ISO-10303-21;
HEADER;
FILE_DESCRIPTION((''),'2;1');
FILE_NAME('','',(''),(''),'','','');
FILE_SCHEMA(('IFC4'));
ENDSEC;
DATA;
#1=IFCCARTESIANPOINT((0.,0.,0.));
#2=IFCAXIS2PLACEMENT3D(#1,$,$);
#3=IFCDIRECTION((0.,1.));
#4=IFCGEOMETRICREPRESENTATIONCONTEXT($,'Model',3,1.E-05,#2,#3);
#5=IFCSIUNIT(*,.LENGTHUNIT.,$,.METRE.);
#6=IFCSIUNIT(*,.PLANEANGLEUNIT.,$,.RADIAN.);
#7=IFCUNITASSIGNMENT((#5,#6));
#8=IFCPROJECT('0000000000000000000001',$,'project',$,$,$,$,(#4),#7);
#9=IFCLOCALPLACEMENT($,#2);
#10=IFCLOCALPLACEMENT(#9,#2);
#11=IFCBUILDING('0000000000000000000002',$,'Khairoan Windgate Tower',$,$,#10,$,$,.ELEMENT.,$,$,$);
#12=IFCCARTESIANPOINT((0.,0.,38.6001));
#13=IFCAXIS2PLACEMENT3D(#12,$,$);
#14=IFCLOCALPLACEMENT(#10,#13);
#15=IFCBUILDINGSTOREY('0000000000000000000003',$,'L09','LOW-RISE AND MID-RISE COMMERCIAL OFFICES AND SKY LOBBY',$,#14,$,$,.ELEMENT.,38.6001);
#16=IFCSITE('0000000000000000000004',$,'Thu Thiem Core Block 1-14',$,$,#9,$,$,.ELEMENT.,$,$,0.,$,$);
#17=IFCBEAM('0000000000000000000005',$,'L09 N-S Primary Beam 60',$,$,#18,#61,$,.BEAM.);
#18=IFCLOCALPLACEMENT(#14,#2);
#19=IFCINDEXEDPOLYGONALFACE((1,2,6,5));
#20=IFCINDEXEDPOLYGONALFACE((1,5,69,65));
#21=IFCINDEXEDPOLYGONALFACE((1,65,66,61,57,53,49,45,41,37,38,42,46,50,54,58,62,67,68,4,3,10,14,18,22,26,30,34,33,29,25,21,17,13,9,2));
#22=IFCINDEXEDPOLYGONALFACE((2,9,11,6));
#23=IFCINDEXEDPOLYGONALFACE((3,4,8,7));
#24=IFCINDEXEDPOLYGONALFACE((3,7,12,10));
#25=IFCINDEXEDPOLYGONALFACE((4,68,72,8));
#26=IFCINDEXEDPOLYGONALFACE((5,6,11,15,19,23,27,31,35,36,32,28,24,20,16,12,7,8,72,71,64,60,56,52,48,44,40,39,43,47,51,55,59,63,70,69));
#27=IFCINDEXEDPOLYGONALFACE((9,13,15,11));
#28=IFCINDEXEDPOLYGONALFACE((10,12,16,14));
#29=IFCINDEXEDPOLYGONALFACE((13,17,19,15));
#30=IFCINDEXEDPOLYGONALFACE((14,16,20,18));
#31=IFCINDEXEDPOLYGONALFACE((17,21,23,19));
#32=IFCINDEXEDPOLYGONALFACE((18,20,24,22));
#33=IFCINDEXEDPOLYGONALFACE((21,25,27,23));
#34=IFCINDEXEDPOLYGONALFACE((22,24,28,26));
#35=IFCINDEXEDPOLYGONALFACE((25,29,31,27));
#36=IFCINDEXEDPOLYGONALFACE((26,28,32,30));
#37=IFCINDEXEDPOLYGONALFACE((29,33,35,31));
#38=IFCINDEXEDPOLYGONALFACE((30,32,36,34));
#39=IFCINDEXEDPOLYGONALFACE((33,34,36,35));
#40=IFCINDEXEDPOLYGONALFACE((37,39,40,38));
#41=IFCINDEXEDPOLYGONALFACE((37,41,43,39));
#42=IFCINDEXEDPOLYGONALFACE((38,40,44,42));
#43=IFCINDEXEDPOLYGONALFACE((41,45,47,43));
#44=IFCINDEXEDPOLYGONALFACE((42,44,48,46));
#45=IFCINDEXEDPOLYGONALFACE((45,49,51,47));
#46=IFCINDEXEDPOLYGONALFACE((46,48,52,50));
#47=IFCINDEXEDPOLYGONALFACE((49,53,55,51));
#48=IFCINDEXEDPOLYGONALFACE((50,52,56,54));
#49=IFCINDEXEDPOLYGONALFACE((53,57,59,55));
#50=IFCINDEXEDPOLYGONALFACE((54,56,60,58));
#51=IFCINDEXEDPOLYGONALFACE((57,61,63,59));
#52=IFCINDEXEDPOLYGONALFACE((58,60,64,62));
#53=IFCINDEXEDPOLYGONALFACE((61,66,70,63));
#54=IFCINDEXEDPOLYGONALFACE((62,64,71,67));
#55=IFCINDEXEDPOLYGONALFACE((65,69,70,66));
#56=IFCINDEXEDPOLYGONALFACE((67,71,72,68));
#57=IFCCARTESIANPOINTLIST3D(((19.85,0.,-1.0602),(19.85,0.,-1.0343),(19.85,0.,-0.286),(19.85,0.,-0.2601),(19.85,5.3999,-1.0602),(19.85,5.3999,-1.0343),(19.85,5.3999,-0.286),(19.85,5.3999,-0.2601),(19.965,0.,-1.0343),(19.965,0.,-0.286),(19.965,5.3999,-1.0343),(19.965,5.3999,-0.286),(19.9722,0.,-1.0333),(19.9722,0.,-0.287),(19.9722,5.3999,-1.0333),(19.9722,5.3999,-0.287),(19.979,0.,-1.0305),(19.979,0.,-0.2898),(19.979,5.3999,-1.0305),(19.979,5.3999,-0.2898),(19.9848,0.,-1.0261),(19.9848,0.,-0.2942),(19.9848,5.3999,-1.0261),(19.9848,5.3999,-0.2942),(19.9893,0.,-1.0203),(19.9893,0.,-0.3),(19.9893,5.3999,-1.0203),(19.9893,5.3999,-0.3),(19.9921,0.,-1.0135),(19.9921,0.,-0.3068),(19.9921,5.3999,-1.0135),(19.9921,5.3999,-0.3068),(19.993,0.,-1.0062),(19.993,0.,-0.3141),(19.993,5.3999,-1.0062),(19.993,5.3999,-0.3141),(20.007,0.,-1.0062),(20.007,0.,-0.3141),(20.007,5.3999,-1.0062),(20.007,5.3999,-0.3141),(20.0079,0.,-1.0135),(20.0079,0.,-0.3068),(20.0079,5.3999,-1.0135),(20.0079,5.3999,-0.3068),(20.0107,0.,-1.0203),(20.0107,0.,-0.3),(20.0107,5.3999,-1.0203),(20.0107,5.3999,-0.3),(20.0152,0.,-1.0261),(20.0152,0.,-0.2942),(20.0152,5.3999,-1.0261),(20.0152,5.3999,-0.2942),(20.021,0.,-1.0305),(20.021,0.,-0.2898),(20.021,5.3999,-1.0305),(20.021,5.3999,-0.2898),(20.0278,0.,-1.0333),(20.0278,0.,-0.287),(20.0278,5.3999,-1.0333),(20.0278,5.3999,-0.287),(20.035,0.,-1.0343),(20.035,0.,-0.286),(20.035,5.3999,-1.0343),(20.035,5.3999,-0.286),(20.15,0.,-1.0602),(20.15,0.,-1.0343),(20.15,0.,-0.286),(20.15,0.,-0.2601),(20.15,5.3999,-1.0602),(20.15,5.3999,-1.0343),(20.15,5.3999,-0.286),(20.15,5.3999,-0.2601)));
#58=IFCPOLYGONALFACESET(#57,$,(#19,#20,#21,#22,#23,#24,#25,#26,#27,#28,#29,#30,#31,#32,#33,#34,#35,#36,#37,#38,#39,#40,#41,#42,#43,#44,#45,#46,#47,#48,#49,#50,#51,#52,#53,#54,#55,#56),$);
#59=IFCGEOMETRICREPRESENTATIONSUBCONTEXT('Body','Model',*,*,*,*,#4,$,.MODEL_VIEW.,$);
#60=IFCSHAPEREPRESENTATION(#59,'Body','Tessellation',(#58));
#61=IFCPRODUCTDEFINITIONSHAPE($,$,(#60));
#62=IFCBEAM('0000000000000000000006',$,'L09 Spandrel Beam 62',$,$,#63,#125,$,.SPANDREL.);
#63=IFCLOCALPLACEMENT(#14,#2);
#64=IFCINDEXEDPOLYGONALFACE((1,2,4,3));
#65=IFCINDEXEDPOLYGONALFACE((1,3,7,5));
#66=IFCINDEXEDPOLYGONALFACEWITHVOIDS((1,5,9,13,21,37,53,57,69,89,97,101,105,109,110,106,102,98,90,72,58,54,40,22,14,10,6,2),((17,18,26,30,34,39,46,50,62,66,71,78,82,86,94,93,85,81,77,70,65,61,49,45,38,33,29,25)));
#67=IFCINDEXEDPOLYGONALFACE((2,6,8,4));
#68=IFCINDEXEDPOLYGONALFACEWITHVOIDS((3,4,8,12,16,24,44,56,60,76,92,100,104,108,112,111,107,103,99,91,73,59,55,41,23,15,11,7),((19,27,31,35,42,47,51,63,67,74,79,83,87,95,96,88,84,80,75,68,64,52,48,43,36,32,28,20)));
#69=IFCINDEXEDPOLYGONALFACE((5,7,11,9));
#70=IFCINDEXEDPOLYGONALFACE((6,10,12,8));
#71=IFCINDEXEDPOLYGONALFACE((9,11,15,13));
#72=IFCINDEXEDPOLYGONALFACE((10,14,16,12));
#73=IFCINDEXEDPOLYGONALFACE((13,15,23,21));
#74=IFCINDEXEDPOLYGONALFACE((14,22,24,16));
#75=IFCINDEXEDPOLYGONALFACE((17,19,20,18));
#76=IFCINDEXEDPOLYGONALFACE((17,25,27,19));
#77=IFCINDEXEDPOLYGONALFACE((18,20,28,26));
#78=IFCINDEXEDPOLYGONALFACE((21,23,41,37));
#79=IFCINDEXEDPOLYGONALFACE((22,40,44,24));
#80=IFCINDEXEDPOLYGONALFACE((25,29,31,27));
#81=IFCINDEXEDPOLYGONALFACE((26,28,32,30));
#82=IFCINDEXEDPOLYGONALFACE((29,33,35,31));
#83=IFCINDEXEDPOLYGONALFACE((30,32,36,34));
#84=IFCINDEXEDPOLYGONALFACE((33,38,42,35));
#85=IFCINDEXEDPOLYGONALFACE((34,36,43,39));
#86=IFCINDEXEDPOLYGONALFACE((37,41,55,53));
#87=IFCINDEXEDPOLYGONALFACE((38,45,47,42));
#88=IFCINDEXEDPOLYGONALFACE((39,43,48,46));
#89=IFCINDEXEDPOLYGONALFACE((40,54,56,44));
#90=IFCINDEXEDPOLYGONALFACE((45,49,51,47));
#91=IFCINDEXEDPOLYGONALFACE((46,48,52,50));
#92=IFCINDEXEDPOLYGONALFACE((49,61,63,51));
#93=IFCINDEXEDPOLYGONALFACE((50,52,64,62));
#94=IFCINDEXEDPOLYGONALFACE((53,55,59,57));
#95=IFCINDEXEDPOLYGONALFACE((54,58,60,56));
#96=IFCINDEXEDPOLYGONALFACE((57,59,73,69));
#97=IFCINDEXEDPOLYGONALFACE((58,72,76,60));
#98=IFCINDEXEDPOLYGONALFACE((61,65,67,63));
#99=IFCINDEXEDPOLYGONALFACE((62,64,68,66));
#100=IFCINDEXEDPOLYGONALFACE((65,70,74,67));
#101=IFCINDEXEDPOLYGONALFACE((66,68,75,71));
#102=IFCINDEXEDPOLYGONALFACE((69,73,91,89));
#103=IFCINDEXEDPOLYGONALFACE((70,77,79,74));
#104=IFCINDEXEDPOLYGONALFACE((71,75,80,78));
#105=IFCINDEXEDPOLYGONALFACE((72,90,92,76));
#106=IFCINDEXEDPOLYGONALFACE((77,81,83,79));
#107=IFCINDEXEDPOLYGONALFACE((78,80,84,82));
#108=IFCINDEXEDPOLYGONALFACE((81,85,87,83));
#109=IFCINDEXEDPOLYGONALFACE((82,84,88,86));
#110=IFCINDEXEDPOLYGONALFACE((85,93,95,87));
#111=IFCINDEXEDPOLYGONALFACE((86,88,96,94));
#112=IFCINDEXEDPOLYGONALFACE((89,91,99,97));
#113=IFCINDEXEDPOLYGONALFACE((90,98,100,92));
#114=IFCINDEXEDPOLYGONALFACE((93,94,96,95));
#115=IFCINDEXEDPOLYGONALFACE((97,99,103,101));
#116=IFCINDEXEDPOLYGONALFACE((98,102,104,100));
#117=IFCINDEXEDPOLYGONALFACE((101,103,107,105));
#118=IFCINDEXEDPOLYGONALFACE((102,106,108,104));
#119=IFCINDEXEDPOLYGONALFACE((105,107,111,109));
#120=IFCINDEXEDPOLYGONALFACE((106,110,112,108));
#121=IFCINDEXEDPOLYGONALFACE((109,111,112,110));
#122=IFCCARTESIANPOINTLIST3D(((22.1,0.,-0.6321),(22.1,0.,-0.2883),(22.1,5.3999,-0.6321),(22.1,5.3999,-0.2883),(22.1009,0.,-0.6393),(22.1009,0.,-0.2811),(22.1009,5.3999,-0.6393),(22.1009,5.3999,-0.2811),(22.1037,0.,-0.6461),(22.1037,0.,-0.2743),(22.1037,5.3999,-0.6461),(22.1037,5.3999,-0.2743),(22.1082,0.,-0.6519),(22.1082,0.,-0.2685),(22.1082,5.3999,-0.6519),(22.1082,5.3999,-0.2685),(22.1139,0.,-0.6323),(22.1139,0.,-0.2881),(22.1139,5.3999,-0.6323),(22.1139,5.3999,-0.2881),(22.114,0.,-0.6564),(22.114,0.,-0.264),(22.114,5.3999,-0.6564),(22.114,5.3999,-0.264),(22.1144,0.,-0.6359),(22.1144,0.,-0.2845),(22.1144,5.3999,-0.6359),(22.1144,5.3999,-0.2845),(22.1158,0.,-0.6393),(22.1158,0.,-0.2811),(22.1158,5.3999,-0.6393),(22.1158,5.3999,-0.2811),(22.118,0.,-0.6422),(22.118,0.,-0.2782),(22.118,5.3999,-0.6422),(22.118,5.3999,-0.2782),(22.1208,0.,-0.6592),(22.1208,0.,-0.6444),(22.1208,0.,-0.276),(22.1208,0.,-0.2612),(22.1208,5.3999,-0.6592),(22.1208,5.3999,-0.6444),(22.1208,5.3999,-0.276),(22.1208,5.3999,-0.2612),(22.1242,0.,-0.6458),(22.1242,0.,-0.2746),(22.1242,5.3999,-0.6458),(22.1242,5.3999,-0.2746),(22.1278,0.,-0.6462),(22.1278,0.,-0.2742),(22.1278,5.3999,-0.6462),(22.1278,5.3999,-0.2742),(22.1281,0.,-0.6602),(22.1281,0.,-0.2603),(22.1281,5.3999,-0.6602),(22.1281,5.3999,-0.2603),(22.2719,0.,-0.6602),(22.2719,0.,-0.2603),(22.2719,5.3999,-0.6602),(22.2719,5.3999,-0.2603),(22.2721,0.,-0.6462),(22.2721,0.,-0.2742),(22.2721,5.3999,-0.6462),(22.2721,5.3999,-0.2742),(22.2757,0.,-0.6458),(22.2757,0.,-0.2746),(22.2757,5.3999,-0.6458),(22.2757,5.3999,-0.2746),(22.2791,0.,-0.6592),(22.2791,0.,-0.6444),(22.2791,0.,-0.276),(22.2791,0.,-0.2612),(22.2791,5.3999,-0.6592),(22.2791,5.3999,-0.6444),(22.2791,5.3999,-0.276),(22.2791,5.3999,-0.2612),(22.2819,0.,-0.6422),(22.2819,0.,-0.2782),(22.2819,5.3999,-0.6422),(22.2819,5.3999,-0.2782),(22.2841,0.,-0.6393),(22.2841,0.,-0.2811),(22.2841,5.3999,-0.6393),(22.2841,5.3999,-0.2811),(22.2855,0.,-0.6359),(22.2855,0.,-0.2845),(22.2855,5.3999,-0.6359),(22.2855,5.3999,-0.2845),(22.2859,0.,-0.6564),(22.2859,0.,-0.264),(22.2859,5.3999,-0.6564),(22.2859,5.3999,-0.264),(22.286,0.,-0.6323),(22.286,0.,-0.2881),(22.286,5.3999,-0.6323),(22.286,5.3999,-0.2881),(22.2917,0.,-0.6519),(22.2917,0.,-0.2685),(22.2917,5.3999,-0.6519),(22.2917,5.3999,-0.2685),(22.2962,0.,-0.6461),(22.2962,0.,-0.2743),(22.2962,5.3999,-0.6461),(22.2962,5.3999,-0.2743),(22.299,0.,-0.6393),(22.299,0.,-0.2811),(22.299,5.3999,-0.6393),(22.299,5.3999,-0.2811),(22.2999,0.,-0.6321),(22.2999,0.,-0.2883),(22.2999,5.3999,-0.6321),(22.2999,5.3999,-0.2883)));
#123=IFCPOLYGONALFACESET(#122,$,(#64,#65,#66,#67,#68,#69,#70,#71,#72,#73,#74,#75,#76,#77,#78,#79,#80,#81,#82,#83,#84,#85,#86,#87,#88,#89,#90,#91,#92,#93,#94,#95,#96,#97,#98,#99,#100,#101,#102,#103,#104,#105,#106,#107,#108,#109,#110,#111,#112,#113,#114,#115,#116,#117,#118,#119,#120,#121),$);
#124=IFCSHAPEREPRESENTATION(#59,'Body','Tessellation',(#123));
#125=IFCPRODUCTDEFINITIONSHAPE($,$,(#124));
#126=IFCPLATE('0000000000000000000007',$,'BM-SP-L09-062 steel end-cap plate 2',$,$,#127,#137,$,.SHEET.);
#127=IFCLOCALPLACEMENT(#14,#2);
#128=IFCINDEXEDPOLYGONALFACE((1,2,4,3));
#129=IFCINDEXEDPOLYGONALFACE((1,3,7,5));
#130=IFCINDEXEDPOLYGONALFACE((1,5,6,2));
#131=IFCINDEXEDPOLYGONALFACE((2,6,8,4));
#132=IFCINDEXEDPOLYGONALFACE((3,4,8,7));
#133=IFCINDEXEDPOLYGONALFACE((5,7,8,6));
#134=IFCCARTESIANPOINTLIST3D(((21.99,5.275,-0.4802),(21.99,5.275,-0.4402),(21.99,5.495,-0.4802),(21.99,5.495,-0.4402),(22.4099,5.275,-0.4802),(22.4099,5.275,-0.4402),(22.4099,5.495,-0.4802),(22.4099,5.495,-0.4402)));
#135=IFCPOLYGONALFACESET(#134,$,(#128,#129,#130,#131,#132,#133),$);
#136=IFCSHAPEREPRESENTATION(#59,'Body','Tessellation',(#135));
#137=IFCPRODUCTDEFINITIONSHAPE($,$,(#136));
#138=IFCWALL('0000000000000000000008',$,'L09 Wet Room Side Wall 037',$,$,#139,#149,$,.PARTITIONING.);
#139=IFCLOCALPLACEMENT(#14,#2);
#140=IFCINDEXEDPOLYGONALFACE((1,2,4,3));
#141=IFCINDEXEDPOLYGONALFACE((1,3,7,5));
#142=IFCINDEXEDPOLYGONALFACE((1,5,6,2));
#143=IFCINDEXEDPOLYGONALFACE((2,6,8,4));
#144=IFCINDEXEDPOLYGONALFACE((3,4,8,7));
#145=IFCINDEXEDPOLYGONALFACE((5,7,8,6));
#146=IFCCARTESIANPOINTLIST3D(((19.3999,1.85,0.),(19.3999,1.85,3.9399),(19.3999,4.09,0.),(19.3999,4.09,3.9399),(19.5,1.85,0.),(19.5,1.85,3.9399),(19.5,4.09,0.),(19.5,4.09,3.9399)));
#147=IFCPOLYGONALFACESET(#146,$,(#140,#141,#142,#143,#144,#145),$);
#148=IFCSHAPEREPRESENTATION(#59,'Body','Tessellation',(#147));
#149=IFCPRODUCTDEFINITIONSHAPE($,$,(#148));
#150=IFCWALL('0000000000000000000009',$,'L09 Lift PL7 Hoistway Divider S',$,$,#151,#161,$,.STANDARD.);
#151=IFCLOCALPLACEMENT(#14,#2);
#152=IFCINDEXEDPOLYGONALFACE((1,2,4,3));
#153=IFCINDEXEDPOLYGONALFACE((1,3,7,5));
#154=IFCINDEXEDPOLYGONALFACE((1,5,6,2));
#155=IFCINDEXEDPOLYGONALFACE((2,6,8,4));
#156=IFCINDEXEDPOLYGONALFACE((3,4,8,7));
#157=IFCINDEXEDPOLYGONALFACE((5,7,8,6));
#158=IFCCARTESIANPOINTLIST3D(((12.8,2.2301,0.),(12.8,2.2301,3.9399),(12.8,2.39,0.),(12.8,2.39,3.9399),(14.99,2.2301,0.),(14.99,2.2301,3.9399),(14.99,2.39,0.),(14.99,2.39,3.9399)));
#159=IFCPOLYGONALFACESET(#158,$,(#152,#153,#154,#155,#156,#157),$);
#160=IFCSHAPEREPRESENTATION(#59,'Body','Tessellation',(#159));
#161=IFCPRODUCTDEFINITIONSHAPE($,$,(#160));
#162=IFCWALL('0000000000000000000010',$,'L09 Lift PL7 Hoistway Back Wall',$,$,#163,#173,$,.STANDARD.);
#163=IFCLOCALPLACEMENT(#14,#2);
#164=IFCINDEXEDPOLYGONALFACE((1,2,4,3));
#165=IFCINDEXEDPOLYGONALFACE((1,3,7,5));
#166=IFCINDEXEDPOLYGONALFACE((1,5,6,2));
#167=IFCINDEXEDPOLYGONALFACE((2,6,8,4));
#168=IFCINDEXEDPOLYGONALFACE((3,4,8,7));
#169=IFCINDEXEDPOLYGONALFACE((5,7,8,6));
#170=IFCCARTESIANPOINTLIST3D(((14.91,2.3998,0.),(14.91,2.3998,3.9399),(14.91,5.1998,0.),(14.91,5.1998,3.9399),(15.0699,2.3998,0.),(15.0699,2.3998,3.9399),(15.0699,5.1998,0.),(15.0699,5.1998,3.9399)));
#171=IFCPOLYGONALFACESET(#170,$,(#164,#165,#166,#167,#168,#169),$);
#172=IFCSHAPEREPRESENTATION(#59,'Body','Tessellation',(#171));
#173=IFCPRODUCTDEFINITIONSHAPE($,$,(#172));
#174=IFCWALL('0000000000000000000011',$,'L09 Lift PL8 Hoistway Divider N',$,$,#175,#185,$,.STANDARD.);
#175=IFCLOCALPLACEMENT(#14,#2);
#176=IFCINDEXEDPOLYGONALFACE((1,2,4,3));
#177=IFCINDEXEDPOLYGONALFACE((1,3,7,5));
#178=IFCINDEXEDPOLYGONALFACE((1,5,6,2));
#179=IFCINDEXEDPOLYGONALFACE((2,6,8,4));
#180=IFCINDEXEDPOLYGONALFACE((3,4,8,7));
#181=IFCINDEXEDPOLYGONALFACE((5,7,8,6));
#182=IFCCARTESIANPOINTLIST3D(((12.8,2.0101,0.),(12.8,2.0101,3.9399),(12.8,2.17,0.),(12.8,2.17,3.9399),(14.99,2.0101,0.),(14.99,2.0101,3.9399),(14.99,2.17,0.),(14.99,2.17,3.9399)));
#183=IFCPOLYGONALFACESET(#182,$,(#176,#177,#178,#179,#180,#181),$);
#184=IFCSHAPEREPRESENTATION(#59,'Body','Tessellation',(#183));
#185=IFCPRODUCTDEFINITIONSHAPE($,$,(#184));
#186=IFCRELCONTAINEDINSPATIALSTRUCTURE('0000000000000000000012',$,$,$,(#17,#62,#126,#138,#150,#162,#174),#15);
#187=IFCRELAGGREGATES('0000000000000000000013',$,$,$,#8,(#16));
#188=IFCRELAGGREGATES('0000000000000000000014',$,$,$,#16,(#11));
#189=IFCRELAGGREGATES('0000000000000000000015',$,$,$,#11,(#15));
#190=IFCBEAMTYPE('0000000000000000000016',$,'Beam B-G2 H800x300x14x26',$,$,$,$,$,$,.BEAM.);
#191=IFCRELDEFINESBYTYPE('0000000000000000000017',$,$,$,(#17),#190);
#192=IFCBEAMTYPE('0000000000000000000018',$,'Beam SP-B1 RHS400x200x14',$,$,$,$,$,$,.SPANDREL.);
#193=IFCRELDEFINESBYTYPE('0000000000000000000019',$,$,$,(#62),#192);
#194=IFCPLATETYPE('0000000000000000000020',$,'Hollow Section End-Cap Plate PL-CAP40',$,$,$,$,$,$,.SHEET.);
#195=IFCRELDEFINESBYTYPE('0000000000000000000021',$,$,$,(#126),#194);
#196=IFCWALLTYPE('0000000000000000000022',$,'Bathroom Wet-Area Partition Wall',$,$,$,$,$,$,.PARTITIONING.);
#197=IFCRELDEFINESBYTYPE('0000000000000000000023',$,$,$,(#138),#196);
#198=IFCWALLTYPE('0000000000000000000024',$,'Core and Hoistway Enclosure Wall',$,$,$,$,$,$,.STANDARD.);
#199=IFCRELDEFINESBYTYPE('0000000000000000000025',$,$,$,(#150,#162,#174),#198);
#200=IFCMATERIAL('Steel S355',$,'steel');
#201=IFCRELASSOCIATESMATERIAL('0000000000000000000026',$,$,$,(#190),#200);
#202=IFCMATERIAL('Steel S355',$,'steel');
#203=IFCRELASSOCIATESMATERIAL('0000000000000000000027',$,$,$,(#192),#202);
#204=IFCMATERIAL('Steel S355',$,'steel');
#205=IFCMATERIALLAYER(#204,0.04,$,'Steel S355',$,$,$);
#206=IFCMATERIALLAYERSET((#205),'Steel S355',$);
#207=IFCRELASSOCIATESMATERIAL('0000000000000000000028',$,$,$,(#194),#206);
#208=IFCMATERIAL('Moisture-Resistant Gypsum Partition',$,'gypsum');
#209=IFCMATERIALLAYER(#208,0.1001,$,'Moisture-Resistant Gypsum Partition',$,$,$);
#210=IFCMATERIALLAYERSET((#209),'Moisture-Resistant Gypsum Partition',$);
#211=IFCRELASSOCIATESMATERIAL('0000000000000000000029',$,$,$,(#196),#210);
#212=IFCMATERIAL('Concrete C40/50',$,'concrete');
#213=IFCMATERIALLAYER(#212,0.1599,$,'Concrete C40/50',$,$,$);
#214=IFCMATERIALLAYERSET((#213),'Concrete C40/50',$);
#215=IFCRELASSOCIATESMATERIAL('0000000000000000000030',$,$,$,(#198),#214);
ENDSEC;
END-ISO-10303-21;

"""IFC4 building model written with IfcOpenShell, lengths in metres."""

from ifc_helpers import new_model, si_unit, direction, frame, frame_2d, origin, origin_2d, place, context, subcontext, project, spatial, rectangle, hollow_rectangle, i_section, extrude, material, layer, layer_set, material_profile, profile_set, type_object, element, save


model = new_model("IFC4")

# Units and contexts
model_context = context("Model", 3, precision=1e-05, world=origin(), true_north=direction((0.0, 1.0)))
body_context = subcontext(model_context, "Body", "Model", "MODEL_VIEW")
ifc_project = project(units=[si_unit("LENGTHUNIT", "METRE"), si_unit("PLANEANGLEUNIT", "RADIAN")], contexts=[model_context])

# Site, building, storey
site_placement = place(None, origin())
site = spatial("IfcSite", under=ifc_project, at=site_placement, Name="Thu Thiem Core Block 1-14", CompositionType="ELEMENT", RefElevation=0.0)
building_placement = place(site_placement, origin())
building = spatial("IfcBuilding", under=site, at=building_placement, Name="Khairoan Windgate Tower", CompositionType="ELEMENT")
storey_placement = place(building_placement, frame((0.0, 0.0, 38.6001)))
storey = spatial("IfcBuildingStorey", under=building, at=storey_placement, Name="L09", Description="LOW-RISE AND MID-RISE COMMERCIAL OFFICES AND SKY LOBBY", CompositionType="ELEMENT", Elevation=38.6001)

# Beams
ifc_material_1 = material(Name="Steel S355", Category="steel")
ifc_material_profile_1 = material_profile(ifc_material_1, i_section(OverallWidth=0.3, OverallDepth=0.8, WebThickness=0.0139, FlangeThickness=0.0259, FilletRadius=0.0281, at=origin_2d()))
ifc_profile_set_1 = profile_set([ifc_material_profile_1], Name="Steel S355")
beam_type_1 = type_object("IfcBeamType", Name="Beam B-G2 H800x300x14x26", PredefinedType="BEAM", material=ifc_profile_set_1)
beam_1_placement = place(storey_placement, frame((20.0, 0.0, -0.6602), z_axis=(0.0, 1.0, 0.0), x_axis=(-1.0, 0.0, 0.0)))
element("IfcBeam", 1, at=beam_1_placement, inside=storey, type_object=beam_type_1, Name="L09 N-S Primary Beam 60", PredefinedType="BEAM", context=body_context, shape_type="SweptSolid", body=[
    extrude(i_section(OverallWidth=0.3, OverallDepth=0.8, WebThickness=0.0139, FlangeThickness=0.0259, FilletRadius=0.0281, at=origin_2d()), origin(), (0.0, 0.0, 1.0), 5.3999),
])
ifc_material_2 = material(Name="Steel S355", Category="steel")
ifc_material_profile_2 = material_profile(ifc_material_2, hollow_rectangle(XDim=0.2, YDim=0.3999, WallThickness=0.0139, InnerFilletRadius=0.0139, OuterFilletRadius=0.0281, at=origin_2d()))
ifc_profile_set_2 = profile_set([ifc_material_profile_2], Name="Steel S355")
beam_type_2 = type_object("IfcBeamType", Name="Beam SP-B1 RHS400x200x14", PredefinedType="SPANDREL", material=ifc_profile_set_2)
beam_2_placement = place(storey_placement, frame((22.2, 0.0, -0.4602), z_axis=(0.0, 1.0, 0.0), x_axis=(-1.0, 0.0, 0.0)))
element("IfcBeam", 2, at=beam_2_placement, inside=storey, type_object=beam_type_2, Name="L09 Spandrel Beam 62", PredefinedType="SPANDREL", context=body_context, shape_type="SweptSolid", body=[
    extrude(hollow_rectangle(XDim=0.2, YDim=0.3999, WallThickness=0.0139, InnerFilletRadius=0.0139, OuterFilletRadius=0.0281, at=origin_2d()), origin(), (0.0, 0.0, 1.0), 5.3999),
])

# Plate
ifc_material_3 = material(Name="Steel S355", Category="steel")
ifc_layer_1 = layer(ifc_material_3, 0.04, Name="Steel S355")
ifc_layer_set_1 = layer_set([ifc_layer_1], Name="Steel S355")
plate_type = type_object("IfcPlateType", Name="Hollow Section End-Cap Plate PL-CAP40", PredefinedType="SHEET", material=ifc_layer_set_1)
plate_placement = place(storey_placement, frame((22.2, 5.385, -0.4802), z_axis=(0.0, 0.0, 1.0), x_axis=(0.0, 1.0, 0.0)))
element("IfcPlate", 3, at=plate_placement, inside=storey, type_object=plate_type, Name="BM-SP-L09-062 steel end-cap plate 2", PredefinedType="SHEET", context=body_context, shape_type="SweptSolid", body=[
    extrude(rectangle(XDim=0.22, YDim=0.4199, at=origin_2d()), origin(), (0.0, 0.0, 1.0), 0.04),
])

# Walls
ifc_material_4 = material(Name="Moisture-Resistant Gypsum Partition", Category="gypsum")
ifc_layer_2 = layer(ifc_material_4, 0.1001, Name="Moisture-Resistant Gypsum Partition")
ifc_layer_set_2 = layer_set([ifc_layer_2], Name="Moisture-Resistant Gypsum Partition")
wall_type_1 = type_object("IfcWallType", Name="Bathroom Wet-Area Partition Wall", PredefinedType="PARTITIONING", material=ifc_layer_set_2)
wall_1_placement = place(storey_placement, frame((19.45, 4.0901, 0.0), z_axis=(0.0, 0.0, 1.0), x_axis=(0.0, -1.0, 0.0)))
element("IfcWall", 4, at=wall_1_placement, inside=storey, type_object=wall_type_1, Name="L09 Wet Room Side Wall 037", PredefinedType="PARTITIONING", context=body_context, shape_type="SweptSolid", body=[
    extrude(rectangle(XDim=2.24, YDim=0.1001, at=frame_2d((1.1201, 0.0))), origin(), (0.0, 0.0, 1.0), 3.9399),
])
ifc_material_5 = material(Name="Concrete C40/50", Category="concrete")
ifc_layer_3 = layer(ifc_material_5, 0.1599, Name="Concrete C40/50")
ifc_layer_set_3 = layer_set([ifc_layer_3], Name="Concrete C40/50")
wall_type_2 = type_object("IfcWallType", Name="Core and Hoistway Enclosure Wall", PredefinedType="STANDARD", material=ifc_layer_set_3)
wall_2_placement = place(storey_placement, frame((12.8, 2.3101, 0.0), z_axis=(0.0, 0.0, 1.0), x_axis=(1.0, 0.0, 0.0)))
element("IfcWall", 5, at=wall_2_placement, inside=storey, type_object=wall_type_2, Name="L09 Lift PL7 Hoistway Divider S", PredefinedType="STANDARD", context=body_context, shape_type="SweptSolid", body=[
    extrude(rectangle(XDim=2.1899, YDim=0.1599, at=frame_2d((1.095, 0.0))), origin(), (0.0, 0.0, 1.0), 3.9399),
])
wall_3_placement = place(storey_placement, frame((14.99, 2.3999, 0.0), z_axis=(0.0, 0.0, 1.0), x_axis=(0.0, 1.0, 0.0)))
element("IfcWall", 6, at=wall_3_placement, inside=storey, type_object=wall_type_2, Name="L09 Lift PL7 Hoistway Back Wall", PredefinedType="STANDARD", context=body_context, shape_type="SweptSolid", body=[
    extrude(rectangle(XDim=2.8, YDim=0.1599, at=frame_2d((1.3999, 0.0))), origin(), (0.0, 0.0, 1.0), 3.9399),
])
wall_4_placement = place(storey_placement, frame((12.8, 2.0901, 0.0), z_axis=(0.0, 0.0, 1.0), x_axis=(1.0, 0.0, 0.0)))
element("IfcWall", 7, at=wall_4_placement, inside=storey, type_object=wall_type_2, Name="L09 Lift PL8 Hoistway Divider N", PredefinedType="STANDARD", context=body_context, shape_type="SweptSolid", body=[
    extrude(rectangle(XDim=2.1899, YDim=0.1599, at=frame_2d((1.095, 0.0))), origin(), (0.0, 0.0, 1.0), 3.9399),
])

save(model, "model.ifc")
